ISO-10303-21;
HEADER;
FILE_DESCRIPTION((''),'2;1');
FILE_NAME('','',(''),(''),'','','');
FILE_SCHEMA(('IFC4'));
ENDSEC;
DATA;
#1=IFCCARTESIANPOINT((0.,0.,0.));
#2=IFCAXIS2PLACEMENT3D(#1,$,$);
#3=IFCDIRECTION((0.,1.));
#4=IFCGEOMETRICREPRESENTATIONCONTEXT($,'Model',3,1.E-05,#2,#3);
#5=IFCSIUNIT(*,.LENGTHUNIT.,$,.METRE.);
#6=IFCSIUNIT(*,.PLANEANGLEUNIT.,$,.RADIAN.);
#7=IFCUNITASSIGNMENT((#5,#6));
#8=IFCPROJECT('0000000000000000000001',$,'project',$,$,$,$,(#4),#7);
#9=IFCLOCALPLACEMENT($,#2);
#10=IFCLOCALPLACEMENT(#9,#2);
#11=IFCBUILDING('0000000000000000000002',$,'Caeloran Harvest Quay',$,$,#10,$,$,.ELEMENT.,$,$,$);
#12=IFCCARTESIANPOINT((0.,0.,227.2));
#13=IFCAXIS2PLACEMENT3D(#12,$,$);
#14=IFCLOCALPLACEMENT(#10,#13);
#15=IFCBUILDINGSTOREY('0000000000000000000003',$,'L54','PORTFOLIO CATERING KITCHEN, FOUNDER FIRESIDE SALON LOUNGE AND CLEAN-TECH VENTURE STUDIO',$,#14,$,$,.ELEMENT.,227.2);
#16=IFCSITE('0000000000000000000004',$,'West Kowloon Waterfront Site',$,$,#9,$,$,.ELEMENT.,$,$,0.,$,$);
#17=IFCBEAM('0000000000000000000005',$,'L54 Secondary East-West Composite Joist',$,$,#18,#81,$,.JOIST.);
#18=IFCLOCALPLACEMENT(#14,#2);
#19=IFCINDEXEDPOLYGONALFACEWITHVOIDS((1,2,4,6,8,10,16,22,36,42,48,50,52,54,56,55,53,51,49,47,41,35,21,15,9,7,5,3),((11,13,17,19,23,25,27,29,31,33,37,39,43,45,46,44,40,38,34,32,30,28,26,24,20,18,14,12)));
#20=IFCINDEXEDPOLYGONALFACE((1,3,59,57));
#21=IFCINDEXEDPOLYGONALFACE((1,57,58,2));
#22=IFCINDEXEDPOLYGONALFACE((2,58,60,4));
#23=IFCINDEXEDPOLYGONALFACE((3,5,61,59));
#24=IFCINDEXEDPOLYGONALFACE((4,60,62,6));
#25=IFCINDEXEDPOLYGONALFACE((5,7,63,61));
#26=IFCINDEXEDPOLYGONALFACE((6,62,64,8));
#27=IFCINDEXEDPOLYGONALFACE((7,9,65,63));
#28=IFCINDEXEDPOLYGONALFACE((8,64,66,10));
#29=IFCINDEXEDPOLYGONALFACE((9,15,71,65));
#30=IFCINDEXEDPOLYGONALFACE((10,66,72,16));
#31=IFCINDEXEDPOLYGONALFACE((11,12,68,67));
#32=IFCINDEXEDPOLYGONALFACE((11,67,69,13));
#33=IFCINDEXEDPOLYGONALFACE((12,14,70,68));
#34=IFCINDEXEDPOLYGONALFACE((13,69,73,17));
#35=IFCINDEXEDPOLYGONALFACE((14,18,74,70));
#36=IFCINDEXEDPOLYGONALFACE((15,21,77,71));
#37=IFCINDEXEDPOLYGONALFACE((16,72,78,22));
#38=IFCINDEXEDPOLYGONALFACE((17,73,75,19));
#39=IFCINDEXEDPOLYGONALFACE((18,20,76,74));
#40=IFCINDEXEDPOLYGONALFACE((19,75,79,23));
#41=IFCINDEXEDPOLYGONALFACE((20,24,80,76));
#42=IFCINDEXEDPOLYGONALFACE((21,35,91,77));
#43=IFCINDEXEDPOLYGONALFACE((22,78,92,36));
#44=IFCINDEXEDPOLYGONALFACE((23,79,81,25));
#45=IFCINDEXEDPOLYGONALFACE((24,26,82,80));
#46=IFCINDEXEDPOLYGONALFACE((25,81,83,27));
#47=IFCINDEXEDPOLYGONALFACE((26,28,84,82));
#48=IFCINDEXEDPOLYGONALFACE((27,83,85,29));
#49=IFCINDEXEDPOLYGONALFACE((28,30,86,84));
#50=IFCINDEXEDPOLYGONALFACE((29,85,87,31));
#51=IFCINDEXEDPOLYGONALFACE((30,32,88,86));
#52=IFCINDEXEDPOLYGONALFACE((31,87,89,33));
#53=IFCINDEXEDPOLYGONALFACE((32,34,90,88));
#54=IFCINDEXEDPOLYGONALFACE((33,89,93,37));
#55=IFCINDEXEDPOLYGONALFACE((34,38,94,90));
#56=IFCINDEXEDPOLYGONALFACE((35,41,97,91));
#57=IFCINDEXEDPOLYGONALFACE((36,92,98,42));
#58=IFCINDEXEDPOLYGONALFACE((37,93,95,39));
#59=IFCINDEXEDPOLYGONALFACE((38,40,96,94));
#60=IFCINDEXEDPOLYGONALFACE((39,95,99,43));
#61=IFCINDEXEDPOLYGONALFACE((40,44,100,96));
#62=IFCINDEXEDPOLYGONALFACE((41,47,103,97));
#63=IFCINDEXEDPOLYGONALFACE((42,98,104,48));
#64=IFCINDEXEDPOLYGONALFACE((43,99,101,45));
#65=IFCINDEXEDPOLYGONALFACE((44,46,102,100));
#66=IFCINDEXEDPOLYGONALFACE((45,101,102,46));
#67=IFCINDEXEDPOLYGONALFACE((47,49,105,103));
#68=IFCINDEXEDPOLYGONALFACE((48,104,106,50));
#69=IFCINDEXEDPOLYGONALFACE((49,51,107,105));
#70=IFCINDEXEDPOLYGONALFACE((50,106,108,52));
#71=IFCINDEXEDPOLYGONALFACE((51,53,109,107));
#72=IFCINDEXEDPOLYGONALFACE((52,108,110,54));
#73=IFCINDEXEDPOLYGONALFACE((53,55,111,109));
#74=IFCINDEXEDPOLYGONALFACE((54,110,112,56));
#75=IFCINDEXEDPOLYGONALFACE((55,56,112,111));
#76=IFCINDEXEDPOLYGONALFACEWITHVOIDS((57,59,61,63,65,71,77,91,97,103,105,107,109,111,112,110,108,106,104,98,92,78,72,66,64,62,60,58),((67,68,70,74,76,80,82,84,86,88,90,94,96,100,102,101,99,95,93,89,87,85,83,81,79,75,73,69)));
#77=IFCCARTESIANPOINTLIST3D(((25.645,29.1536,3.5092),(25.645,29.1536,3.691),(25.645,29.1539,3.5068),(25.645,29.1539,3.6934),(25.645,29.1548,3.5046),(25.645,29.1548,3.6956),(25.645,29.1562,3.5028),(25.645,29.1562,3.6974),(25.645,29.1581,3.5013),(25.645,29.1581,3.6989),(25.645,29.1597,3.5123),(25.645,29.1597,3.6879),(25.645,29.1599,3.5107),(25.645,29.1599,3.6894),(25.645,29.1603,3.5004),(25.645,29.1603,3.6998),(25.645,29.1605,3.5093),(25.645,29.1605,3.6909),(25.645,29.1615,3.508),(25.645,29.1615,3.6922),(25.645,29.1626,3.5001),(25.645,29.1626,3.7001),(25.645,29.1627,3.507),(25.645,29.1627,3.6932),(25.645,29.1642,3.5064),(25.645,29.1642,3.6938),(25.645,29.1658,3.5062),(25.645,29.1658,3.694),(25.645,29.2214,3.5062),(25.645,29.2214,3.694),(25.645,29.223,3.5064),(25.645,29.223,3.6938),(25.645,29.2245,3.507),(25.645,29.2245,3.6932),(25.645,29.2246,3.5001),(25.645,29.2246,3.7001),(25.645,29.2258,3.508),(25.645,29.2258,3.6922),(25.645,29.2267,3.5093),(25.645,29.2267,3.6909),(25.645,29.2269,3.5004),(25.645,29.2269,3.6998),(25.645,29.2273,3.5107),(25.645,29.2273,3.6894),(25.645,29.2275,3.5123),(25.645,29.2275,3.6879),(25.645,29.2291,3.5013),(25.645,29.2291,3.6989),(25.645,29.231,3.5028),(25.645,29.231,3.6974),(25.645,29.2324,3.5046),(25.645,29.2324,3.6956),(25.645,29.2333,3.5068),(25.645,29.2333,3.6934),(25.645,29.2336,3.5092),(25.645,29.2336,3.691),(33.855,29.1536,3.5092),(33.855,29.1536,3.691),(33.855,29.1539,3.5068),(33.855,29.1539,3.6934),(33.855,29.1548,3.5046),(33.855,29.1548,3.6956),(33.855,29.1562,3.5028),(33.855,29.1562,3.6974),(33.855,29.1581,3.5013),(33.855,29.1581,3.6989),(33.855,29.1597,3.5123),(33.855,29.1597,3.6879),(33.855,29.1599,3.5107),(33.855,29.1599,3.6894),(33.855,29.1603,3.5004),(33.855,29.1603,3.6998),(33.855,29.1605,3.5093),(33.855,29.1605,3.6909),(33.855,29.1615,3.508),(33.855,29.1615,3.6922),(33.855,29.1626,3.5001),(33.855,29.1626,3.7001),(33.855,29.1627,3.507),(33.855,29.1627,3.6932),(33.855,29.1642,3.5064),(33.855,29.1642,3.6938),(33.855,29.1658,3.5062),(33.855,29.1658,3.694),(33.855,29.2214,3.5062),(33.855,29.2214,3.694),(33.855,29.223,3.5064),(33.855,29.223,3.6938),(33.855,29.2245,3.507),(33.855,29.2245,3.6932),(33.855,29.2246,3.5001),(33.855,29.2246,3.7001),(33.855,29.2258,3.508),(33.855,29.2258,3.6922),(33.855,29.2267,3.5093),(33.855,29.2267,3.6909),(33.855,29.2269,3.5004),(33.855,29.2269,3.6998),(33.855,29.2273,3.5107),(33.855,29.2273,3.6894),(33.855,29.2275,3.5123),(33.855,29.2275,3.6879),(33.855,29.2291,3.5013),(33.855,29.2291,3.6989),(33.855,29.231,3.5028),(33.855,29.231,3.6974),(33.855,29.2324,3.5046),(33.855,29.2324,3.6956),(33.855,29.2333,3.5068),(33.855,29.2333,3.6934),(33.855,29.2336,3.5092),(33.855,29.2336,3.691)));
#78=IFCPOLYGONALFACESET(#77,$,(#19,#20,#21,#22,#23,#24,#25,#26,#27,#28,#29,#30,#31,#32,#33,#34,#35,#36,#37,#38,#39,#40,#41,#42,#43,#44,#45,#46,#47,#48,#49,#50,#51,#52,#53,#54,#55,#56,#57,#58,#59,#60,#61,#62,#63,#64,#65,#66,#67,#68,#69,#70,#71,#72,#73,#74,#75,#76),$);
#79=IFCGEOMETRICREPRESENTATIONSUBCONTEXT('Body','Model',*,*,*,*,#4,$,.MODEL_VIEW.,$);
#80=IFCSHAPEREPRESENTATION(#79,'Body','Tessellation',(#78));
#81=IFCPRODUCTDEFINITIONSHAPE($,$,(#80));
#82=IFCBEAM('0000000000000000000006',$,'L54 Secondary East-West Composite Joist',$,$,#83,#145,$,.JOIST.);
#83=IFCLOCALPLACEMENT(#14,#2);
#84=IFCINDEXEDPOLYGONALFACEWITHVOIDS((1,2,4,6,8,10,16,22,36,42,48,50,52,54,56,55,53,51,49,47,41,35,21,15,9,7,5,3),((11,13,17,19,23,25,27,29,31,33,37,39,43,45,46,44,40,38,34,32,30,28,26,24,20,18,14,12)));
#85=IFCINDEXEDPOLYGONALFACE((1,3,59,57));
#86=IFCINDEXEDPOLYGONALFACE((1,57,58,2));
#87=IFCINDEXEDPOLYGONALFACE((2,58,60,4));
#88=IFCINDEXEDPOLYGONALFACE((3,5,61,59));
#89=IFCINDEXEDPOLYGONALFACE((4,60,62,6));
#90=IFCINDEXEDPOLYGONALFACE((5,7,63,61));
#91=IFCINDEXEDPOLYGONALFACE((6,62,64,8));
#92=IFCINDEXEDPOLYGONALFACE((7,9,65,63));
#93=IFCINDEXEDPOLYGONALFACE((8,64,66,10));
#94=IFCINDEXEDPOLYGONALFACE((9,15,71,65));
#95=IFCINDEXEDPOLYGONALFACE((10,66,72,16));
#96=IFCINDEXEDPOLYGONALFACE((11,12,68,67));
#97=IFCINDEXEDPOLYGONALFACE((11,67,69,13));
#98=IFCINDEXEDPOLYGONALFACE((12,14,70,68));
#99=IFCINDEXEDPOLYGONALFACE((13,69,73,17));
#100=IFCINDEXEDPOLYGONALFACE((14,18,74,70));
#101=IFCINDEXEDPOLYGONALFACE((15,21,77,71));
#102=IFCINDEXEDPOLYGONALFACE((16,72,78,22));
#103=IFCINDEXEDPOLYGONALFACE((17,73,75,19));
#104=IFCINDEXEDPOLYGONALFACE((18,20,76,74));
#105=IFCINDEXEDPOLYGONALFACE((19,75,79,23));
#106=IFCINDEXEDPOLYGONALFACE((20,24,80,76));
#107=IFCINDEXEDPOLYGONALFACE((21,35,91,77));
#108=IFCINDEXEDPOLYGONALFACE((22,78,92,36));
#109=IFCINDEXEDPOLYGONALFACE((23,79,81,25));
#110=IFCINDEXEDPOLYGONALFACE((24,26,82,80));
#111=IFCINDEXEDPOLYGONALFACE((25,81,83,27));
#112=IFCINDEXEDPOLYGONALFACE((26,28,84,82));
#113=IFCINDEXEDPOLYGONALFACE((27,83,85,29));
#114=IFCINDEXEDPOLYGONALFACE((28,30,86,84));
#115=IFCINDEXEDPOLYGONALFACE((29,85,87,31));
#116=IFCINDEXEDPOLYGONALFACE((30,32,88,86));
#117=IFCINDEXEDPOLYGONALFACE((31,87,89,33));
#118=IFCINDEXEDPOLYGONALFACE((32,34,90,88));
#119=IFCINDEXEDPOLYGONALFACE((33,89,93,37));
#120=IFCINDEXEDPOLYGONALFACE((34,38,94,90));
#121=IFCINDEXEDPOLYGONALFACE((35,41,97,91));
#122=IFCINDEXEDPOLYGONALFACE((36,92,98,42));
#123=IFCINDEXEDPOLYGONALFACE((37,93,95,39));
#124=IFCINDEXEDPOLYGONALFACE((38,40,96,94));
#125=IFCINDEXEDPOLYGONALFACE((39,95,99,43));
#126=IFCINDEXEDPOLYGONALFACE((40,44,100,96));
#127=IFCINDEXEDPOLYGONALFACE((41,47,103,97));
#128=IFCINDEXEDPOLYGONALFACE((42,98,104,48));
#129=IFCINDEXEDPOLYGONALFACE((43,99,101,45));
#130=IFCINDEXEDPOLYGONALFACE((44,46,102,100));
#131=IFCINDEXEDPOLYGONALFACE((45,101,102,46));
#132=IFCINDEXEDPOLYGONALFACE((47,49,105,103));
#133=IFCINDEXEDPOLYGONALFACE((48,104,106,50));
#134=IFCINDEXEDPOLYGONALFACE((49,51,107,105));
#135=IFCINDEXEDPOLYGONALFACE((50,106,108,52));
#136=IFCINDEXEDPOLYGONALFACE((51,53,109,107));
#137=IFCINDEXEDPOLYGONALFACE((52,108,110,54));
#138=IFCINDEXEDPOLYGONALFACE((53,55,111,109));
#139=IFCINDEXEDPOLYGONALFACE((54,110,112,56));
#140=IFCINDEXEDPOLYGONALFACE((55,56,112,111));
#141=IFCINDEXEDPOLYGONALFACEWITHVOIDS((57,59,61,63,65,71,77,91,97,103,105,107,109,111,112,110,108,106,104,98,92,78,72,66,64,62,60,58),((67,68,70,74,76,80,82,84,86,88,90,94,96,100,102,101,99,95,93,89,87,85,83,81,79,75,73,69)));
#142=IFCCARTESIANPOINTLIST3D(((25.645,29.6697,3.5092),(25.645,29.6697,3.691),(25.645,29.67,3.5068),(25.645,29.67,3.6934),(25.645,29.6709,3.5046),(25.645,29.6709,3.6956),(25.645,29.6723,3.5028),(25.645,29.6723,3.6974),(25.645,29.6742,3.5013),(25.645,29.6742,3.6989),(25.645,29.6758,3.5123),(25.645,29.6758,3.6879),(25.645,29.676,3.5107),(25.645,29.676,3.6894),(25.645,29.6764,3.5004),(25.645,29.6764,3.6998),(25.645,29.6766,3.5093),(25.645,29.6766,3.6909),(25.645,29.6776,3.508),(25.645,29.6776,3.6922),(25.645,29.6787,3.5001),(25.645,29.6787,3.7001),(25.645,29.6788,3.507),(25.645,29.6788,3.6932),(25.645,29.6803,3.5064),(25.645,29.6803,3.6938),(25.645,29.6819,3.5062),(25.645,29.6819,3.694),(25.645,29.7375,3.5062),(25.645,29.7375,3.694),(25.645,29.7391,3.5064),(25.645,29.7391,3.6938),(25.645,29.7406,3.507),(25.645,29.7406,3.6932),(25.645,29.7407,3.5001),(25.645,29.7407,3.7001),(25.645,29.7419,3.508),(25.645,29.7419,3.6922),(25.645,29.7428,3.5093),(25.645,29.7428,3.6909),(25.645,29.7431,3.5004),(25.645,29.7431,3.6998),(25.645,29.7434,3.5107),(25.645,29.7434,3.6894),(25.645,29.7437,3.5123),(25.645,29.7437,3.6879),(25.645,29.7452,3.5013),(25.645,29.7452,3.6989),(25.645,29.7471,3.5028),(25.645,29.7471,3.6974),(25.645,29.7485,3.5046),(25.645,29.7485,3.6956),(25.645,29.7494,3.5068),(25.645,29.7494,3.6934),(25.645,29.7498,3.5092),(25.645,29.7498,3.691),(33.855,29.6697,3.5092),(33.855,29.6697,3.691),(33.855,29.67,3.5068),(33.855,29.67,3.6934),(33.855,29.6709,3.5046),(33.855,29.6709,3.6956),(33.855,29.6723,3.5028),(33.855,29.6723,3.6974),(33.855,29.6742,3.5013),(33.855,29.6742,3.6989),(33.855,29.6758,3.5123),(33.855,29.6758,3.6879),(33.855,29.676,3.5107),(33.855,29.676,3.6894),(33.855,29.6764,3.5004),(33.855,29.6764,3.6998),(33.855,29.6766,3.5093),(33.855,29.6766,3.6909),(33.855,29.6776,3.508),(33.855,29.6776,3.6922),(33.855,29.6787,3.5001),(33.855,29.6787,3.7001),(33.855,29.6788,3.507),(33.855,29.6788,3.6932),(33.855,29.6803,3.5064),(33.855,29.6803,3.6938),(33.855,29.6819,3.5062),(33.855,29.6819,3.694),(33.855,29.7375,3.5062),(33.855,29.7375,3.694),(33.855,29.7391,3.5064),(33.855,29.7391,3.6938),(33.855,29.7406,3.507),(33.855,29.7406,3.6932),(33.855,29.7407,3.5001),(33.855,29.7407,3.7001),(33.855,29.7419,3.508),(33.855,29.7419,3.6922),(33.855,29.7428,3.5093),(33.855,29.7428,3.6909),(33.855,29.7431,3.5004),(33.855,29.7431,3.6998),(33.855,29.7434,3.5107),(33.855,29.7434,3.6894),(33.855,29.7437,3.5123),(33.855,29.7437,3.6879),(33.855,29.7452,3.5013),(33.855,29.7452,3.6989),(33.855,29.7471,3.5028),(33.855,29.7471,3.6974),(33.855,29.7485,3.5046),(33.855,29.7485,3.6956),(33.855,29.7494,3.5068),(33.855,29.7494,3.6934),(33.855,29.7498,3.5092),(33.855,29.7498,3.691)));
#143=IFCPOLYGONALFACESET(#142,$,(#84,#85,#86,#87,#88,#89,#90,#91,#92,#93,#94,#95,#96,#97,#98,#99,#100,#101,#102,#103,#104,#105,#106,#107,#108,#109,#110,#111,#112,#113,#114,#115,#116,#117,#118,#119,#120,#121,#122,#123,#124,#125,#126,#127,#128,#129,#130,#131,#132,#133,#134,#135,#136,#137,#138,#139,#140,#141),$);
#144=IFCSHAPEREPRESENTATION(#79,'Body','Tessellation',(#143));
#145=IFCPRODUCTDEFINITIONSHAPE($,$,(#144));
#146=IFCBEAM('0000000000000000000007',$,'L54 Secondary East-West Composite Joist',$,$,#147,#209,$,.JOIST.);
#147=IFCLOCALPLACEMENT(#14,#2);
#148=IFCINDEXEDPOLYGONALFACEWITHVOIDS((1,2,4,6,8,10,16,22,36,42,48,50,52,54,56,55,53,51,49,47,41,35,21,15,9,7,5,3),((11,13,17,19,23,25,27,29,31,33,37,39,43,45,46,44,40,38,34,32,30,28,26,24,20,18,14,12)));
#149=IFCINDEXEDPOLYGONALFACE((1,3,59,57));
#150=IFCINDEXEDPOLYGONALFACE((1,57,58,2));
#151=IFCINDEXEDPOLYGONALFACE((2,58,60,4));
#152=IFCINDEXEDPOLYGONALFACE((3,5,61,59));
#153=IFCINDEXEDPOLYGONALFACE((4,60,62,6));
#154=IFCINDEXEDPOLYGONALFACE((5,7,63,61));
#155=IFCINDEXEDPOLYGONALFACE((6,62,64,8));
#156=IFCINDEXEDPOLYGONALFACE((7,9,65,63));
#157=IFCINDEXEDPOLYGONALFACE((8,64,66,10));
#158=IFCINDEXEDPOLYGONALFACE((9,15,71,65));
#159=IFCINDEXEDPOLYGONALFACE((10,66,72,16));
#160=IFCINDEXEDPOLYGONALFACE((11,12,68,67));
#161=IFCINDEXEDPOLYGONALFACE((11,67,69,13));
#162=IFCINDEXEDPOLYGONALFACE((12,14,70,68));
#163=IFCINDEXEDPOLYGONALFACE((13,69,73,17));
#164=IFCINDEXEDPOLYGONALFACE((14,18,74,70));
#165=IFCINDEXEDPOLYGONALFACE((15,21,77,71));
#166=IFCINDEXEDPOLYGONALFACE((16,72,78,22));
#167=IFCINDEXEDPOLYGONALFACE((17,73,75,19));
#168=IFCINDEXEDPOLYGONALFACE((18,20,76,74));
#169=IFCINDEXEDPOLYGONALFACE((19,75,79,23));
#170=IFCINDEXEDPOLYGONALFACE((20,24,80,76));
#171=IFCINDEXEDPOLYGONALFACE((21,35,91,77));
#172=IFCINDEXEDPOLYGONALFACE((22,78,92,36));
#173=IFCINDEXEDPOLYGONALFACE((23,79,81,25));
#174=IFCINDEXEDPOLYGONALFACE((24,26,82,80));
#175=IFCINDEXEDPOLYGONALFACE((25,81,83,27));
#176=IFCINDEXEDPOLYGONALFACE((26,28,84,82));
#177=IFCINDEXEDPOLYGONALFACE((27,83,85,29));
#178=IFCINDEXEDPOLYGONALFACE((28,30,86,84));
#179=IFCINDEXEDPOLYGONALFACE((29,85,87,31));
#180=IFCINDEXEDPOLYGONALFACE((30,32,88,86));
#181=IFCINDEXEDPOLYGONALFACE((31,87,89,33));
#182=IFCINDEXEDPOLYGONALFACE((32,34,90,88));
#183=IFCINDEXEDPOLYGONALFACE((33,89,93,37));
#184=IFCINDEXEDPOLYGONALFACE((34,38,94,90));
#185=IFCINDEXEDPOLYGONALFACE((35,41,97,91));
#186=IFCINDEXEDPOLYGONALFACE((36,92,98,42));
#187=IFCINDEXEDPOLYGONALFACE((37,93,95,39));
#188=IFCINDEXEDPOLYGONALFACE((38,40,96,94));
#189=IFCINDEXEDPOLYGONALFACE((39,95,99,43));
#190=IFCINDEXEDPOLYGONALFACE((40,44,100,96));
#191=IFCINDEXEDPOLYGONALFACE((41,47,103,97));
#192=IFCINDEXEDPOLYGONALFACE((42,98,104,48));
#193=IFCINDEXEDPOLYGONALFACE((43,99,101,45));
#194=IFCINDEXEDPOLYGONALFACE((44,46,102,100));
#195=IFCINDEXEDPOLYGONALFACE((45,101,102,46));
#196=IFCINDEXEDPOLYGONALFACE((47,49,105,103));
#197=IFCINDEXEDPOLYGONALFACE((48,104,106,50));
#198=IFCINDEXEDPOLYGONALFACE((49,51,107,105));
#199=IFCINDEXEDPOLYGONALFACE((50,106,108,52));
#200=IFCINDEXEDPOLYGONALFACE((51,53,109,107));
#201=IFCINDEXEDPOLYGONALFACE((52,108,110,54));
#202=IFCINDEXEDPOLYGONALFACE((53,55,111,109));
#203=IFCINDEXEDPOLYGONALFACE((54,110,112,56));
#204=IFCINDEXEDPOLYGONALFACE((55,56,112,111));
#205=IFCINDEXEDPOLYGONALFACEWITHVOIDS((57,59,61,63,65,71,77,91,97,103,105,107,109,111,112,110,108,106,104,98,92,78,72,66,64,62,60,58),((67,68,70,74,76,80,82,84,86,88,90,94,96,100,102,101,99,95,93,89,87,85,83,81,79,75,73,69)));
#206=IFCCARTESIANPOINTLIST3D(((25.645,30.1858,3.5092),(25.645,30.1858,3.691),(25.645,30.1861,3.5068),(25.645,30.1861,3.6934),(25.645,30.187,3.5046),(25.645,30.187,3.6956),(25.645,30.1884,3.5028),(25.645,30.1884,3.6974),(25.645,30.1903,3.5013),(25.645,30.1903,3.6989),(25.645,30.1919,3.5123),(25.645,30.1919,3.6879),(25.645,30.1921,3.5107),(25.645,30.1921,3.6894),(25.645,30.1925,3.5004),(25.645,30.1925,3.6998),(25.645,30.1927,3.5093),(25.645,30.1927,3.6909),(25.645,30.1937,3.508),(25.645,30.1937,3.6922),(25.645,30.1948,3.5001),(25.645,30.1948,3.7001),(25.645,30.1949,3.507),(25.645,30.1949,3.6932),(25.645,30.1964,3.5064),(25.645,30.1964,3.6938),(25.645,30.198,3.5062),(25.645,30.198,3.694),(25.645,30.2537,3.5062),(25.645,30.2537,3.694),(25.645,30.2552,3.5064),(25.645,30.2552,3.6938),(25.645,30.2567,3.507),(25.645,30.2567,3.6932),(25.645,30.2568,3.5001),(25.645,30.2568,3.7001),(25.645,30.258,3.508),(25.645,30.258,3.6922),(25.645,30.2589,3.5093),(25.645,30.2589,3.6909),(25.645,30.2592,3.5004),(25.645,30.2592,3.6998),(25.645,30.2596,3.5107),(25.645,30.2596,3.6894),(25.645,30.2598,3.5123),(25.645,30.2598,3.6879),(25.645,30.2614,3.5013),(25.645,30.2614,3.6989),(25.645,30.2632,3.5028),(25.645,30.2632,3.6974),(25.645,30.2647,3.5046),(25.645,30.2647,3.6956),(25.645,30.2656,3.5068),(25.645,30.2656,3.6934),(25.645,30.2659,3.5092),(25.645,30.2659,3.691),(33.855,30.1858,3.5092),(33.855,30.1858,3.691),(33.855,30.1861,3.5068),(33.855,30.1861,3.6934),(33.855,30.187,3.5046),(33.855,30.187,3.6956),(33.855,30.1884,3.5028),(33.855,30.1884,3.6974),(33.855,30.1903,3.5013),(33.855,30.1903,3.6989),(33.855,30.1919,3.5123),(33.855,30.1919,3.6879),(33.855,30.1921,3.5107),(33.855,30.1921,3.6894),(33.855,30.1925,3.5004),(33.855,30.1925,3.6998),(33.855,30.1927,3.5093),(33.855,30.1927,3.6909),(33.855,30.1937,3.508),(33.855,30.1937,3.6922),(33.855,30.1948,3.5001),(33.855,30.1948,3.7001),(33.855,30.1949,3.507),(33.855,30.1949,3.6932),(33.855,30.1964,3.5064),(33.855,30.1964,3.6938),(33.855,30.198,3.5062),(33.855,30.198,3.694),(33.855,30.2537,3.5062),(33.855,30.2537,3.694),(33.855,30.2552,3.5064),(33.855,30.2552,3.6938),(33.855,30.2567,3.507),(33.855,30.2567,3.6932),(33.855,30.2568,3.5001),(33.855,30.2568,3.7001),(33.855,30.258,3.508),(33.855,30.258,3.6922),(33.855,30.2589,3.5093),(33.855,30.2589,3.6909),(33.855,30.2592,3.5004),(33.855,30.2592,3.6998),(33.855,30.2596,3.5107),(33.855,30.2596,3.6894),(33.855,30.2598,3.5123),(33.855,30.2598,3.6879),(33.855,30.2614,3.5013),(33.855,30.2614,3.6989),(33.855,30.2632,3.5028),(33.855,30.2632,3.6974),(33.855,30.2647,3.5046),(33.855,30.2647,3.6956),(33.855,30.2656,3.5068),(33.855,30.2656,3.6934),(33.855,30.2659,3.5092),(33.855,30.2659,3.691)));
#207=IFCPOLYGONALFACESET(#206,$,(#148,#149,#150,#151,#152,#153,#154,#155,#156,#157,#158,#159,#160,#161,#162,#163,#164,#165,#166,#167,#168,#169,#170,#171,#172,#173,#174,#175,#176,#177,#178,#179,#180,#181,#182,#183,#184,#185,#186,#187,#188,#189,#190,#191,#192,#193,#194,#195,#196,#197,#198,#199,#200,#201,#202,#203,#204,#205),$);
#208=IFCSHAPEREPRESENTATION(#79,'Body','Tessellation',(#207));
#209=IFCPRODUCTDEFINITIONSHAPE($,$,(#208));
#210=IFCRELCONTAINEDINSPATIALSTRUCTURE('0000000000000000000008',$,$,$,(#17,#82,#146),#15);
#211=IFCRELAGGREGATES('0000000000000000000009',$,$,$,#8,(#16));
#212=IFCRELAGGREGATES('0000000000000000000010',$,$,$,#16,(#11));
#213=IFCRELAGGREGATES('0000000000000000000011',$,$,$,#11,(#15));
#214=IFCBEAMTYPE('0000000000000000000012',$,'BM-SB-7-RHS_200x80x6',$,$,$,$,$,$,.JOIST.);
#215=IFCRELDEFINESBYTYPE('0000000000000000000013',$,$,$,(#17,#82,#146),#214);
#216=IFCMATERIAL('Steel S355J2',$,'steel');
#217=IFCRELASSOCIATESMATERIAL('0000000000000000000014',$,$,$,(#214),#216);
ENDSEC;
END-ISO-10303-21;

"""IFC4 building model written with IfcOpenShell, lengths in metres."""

from ifc_helpers import new_model, si_unit, direction, frame, origin, origin_2d, place, context, subcontext, project, spatial, hollow_rectangle, extrude, material, material_profile, profile_set, type_object, element, save


model = new_model("IFC4")

# Units and contexts
model_context = context("Model", 3, precision=1e-05, world=origin(), true_north=direction((0.0, 1.0)))
body_context = subcontext(model_context, "Body", "Model", "MODEL_VIEW")
ifc_project = project(units=[si_unit("LENGTHUNIT", "METRE"), si_unit("PLANEANGLEUNIT", "RADIAN")], contexts=[model_context])

# Site, building, storey
site_placement = place(None, origin())
site = spatial("IfcSite", under=ifc_project, at=site_placement, Name="West Kowloon Waterfront Site", CompositionType="ELEMENT", RefElevation=0.0)
building_placement = place(site_placement, origin())
building = spatial("IfcBuilding", under=site, at=building_placement, Name="Caeloran Harvest Quay", CompositionType="ELEMENT")
storey_placement = place(building_placement, frame((0.0, 0.0, 227.2)))
storey = spatial("IfcBuildingStorey", under=building, at=storey_placement, Name="L54", Description="PORTFOLIO CATERING KITCHEN, FOUNDER FIRESIDE SALON LOUNGE AND CLEAN-TECH VENTURE STUDIO", CompositionType="ELEMENT", Elevation=227.2)

# Beams
ifc_material_1 = material(Name="Steel S355J2", Category="steel")
ifc_material_profile_1 = material_profile(ifc_material_1, hollow_rectangle(XDim=0.0801, YDim=0.2, WallThickness=0.0061, InnerFilletRadius=0.0061, OuterFilletRadius=0.009, at=origin_2d()), Name="RHS 200x80x6")
ifc_profile_set_1 = profile_set([ifc_material_profile_1], Name="Steel S355J2")
beam_type_1 = type_object("IfcBeamType", Name="BM-SB-7-RHS_200x80x6", PredefinedType="JOIST", material=ifc_profile_set_1)
for number, where, z_axis, x_axis, name in (
    (1, (25.645, 29.1936, 3.6001), (1.0, 0.0, 0.0), (0.0, 1.0, 0.0), "L54 Secondary East-West Composite Joist"),
    (2, (25.645, 29.7097, 3.6001), (1.0, 0.0, 0.0), (0.0, 1.0, 0.0), "L54 Secondary East-West Composite Joist"),
    (3, (25.645, 30.2258, 3.6001), (1.0, 0.0, 0.0), (0.0, 1.0, 0.0), "L54 Secondary East-West Composite Joist"),
):
    element("IfcBeam", number, at=place(storey_placement, frame(where, z_axis=z_axis, x_axis=x_axis)), inside=storey, type_object=beam_type_1, Name=name, PredefinedType="JOIST", context=body_context, shape_type="SweptSolid", body=[
        extrude(hollow_rectangle(XDim=0.0801, YDim=0.2, WallThickness=0.0061, InnerFilletRadius=0.0061, OuterFilletRadius=0.009, at=origin_2d()), origin(), (0.0, 0.0, 1.0), 8.21),
    ])

save(model, "model.ifc")
